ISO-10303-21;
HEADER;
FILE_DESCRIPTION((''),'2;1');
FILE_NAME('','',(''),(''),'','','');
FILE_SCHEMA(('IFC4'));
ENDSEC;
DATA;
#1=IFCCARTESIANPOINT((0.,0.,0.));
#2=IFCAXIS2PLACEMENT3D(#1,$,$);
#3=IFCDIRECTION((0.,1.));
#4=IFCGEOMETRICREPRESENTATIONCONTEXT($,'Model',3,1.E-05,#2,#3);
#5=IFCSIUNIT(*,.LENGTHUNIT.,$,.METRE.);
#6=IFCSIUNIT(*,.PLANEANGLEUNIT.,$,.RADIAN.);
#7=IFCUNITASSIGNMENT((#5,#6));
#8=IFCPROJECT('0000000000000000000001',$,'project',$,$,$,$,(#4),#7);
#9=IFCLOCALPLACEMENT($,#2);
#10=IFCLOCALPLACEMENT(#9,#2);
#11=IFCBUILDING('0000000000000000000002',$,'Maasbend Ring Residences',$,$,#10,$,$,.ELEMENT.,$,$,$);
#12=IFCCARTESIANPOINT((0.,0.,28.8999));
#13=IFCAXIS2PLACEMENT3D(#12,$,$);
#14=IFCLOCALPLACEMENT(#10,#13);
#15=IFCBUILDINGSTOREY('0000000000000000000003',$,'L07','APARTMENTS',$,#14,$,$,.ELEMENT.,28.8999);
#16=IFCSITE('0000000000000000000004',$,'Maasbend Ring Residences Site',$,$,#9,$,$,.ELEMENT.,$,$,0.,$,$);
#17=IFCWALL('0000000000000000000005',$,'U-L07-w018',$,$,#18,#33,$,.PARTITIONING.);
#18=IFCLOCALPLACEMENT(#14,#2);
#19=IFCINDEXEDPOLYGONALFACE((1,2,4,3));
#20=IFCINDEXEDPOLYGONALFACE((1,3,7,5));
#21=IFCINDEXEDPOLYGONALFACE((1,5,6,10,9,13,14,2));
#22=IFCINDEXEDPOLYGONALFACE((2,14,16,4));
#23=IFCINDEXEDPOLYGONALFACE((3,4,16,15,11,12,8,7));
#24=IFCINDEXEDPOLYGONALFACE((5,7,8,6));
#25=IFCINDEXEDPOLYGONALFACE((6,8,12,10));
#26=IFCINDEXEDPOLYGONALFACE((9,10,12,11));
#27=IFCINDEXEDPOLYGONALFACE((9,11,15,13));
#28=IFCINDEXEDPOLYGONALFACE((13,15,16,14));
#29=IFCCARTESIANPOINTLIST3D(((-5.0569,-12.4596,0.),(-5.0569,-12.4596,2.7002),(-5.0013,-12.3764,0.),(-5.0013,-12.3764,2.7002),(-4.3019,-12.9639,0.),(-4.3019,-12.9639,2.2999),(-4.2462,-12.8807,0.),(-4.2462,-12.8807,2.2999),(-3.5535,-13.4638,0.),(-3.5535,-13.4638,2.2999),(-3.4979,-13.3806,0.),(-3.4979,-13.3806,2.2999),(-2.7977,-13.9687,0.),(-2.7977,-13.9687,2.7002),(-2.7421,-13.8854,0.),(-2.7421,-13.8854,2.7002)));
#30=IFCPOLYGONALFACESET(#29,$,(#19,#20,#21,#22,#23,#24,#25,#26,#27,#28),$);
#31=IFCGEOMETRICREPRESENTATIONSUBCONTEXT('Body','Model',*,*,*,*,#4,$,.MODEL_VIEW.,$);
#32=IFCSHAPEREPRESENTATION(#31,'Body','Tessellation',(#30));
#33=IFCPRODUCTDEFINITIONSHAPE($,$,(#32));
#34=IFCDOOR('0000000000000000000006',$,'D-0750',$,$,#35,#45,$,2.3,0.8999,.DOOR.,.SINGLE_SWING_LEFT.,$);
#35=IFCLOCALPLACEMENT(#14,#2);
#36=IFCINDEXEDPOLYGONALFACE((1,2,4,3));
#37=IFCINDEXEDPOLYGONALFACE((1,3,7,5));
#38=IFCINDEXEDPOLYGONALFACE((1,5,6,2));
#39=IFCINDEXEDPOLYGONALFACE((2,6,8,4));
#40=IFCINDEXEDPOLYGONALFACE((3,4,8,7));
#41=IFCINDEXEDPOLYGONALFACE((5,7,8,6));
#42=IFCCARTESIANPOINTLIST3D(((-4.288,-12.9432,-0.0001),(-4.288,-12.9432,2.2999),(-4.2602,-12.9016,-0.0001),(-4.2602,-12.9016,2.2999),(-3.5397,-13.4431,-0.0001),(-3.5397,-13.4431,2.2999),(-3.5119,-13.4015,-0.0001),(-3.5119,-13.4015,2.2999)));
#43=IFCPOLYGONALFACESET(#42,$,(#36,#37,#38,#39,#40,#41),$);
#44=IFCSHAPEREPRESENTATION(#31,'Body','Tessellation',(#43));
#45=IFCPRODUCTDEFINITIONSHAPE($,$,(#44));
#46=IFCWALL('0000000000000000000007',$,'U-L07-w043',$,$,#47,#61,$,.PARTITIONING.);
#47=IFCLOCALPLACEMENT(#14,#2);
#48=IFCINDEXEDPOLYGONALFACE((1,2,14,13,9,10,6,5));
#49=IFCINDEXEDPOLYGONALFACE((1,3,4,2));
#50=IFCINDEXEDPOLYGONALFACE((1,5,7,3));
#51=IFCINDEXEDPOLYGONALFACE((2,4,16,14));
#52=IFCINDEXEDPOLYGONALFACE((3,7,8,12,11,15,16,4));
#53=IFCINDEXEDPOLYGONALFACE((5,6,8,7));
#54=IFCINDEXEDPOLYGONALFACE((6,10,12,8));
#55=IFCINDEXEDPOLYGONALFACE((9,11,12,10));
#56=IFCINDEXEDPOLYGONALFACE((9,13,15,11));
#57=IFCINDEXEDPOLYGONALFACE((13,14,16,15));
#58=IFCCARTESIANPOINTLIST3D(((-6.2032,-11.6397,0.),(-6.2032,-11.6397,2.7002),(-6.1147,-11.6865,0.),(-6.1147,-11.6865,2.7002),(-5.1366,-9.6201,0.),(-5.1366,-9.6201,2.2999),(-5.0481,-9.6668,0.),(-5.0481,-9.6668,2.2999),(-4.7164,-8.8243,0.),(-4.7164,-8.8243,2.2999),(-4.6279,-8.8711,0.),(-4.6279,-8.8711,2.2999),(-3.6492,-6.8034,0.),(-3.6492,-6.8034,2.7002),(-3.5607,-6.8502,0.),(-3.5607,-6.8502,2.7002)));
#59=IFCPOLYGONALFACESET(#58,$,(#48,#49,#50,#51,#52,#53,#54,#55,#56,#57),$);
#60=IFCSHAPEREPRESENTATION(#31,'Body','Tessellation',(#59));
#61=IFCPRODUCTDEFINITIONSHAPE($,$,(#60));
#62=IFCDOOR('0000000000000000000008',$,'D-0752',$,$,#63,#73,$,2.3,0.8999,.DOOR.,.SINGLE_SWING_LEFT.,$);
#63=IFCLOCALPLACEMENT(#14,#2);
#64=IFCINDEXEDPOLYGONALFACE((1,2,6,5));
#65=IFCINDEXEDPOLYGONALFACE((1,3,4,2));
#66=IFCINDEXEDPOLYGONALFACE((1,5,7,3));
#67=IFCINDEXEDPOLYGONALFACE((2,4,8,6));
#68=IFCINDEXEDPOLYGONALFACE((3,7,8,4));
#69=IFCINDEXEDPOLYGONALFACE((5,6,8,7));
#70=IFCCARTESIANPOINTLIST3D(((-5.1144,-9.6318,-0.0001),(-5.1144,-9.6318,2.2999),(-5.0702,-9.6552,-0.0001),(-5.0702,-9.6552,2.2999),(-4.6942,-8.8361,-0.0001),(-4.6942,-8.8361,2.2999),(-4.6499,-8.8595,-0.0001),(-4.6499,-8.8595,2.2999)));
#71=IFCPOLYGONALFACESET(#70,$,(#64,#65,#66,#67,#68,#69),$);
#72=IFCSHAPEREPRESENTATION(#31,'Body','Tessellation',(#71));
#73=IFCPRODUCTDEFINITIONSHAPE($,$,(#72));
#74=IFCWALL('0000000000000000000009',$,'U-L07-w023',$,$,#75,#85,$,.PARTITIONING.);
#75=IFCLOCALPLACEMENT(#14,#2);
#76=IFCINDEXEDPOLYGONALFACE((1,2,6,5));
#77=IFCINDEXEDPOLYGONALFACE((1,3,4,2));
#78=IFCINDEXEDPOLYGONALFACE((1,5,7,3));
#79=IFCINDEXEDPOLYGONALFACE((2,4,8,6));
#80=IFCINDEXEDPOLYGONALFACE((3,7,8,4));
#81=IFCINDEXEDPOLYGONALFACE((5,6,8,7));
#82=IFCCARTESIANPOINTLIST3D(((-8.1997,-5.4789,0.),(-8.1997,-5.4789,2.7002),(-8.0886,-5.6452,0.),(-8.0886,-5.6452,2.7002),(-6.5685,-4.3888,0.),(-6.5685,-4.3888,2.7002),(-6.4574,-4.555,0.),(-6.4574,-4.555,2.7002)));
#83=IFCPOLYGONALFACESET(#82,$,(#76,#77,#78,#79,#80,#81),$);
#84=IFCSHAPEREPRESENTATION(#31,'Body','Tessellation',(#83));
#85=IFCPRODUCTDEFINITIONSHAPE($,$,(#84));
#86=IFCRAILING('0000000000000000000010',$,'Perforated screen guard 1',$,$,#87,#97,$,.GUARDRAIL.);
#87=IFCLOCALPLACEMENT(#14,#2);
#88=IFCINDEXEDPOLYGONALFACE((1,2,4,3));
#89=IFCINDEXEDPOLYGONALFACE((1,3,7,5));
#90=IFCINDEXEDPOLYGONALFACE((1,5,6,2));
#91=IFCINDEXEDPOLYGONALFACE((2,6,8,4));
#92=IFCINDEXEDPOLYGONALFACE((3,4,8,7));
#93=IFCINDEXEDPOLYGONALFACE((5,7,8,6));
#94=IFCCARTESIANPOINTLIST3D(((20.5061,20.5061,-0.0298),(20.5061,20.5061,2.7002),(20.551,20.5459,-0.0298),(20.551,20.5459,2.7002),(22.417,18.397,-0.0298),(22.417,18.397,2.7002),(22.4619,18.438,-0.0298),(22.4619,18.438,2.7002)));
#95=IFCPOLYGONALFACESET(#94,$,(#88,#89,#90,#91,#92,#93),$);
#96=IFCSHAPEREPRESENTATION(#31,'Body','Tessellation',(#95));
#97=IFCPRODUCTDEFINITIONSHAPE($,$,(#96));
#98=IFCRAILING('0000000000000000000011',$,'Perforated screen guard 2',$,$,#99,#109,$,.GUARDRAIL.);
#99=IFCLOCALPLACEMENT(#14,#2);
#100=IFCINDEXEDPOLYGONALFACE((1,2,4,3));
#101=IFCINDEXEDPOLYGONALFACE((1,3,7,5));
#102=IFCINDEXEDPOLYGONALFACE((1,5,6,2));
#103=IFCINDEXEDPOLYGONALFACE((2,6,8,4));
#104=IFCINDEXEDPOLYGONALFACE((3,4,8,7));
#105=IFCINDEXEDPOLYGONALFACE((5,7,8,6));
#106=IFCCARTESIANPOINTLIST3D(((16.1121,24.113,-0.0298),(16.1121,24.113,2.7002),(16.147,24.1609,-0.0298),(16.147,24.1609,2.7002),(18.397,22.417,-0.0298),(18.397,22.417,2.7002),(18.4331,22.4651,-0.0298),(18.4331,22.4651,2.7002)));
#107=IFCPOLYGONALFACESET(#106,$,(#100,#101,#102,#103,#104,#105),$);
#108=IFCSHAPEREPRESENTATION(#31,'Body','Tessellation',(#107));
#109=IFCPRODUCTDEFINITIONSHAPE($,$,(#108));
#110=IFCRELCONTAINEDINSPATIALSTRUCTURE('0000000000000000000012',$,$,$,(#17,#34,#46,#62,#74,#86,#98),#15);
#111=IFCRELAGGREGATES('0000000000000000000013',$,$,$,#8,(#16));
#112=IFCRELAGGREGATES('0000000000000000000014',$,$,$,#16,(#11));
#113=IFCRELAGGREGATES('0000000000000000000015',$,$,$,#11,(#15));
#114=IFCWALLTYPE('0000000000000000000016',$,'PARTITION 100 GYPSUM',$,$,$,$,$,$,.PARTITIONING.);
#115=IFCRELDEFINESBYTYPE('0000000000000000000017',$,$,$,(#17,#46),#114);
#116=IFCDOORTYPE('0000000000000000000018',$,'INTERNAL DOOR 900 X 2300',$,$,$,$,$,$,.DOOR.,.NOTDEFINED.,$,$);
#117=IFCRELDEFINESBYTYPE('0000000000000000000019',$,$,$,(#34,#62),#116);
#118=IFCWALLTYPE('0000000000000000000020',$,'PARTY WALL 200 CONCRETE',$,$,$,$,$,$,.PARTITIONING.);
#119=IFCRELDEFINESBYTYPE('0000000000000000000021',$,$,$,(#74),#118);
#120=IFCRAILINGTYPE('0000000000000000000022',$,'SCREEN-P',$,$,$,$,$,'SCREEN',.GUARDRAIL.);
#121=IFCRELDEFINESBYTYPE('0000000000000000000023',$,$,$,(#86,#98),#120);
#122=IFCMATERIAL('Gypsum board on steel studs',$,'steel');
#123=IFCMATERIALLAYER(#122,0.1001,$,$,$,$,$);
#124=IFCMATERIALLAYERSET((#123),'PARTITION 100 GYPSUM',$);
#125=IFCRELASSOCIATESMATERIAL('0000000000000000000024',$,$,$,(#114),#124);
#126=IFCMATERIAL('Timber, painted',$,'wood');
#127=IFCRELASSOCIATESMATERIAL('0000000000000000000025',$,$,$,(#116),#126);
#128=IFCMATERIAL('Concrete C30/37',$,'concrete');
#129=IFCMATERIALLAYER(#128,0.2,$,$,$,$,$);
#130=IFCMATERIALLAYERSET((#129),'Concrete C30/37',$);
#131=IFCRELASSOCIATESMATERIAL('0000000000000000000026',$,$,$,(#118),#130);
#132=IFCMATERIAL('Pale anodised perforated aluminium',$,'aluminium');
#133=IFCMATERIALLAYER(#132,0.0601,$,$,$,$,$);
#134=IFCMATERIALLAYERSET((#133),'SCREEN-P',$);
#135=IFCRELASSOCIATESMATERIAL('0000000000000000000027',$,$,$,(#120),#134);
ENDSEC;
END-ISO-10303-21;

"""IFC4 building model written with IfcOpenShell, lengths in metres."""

from ifc_helpers import new_model, si_unit, direction, frame, frame_2d, origin, place, context, subcontext, project, spatial, polyline, rectangle, outline, extrude, material, layer, layer_set, type_object, element, fill, save


model = new_model("IFC4")

# Units and contexts
model_context = context("Model", 3, precision=1e-05, world=origin(), true_north=direction((0.0, 1.0)))
body_context = subcontext(model_context, "Body", "Model", "MODEL_VIEW")
ifc_project = project(units=[si_unit("LENGTHUNIT", "METRE"), si_unit("PLANEANGLEUNIT", "RADIAN")], contexts=[model_context])

# Site, building, storey
site_placement = place(None, origin())
site = spatial("IfcSite", under=ifc_project, at=site_placement, Name="Maasbend Ring Residences Site", CompositionType="ELEMENT", RefElevation=0.0)
building_placement = place(site_placement, origin())
building = spatial("IfcBuilding", under=site, at=building_placement, Name="Maasbend Ring Residences", CompositionType="ELEMENT")
storey_placement = place(building_placement, frame((0.0, 0.0, 28.8999)))
storey = spatial("IfcBuildingStorey", under=building, at=storey_placement, Name="L07", Description="APARTMENTS", CompositionType="ELEMENT", Elevation=28.8999)

# Walls, openings, doors
ifc_material_1 = material(Name="Gypsum board on steel studs", Category="steel")
ifc_layer_1 = layer(ifc_material_1, 0.1001)
ifc_layer_set_1 = layer_set([ifc_layer_1], Name="PARTITION 100 GYPSUM")
wall_type_1 = type_object("IfcWallType", Name="PARTITION 100 GYPSUM", PredefinedType="PARTITIONING", material=ifc_layer_set_1)
wall_1_placement = place(storey_placement, frame((-5.0291, -12.418, 0.0), z_axis=(0.0, 0.0, 1.0), x_axis=(0.831538, -0.555467, 0.0)))
wall_1 = element("IfcWall", 1, at=wall_1_placement, inside=storey, type_object=wall_type_1, Name="U-L07-w018", PredefinedType="PARTITIONING", context=body_context, shape_type="SweptSolid", body=[
    extrude(rectangle(XDim=2.7168, YDim=0.1001, at=frame_2d((1.3584, 0.0))), origin(), (0.0, 0.0, 1.0), 2.7002),
])
opening_1_placement = place(wall_1_placement, frame((0.908, 0.0, 0.0)))
opening_1 = element("IfcOpeningElement", 2, at=opening_1_placement, cuts=wall_1, PredefinedType="OPENING", context=body_context, shape_type="SweptSolid", body=[
    extrude(rectangle(XDim=0.8999, YDim=2.3, at=frame_2d((0.45, 1.1499))), frame((0.0, 0.0601, 0.0), z_axis=(0.0, -1.0, 0.0), x_axis=(1.0, 0.0, 0.0)), (0.0, 0.0, 1.0), 0.1201),
])
ifc_material_2 = material(Name="Timber, painted", Category="wood")
door_type = type_object("IfcDoorType", Name="INTERNAL DOOR 900 X 2300", OperationType="NOTDEFINED", PredefinedType="DOOR", material=ifc_material_2)
door_1_placement = place(opening_1_placement, origin())
door_1 = element("IfcDoor", 3, at=door_1_placement, inside=storey, type_object=door_type, Name="D-0750", OperationType="SINGLE_SWING_LEFT", OverallHeight=2.3, OverallWidth=0.8999, PredefinedType="DOOR", context=body_context, shape_type="SweptSolid", body=[
    extrude(rectangle(XDim=0.8999, YDim=2.3, at=frame_2d((0.45, 1.1499))), frame((0.0, 0.0249, 0.0), z_axis=(0.0, -1.0, 0.0), x_axis=(1.0, 0.0, 0.0)), (0.0, 0.0, 1.0), 0.05),
])
fill(opening_1, door_1)
wall_2_placement = place(storey_placement, frame((-6.1589, -11.6631, 0.0), z_axis=(0.0, 0.0, 1.0), x_axis=(0.466977, 0.88427, 0.0)))
wall_2 = element("IfcWall", 4, at=wall_2_placement, inside=storey, type_object=wall_type_1, Name="U-L07-w043", PredefinedType="PARTITIONING", context=body_context, shape_type="SweptSolid", body=[
    extrude(rectangle(XDim=5.4692, YDim=0.1001, at=frame_2d((2.7346, 0.0))), origin(), (0.0, 0.0, 1.0), 2.7002),
])
opening_2_placement = place(wall_2_placement, frame((2.2839, 0.0, 0.0)))
opening_2 = element("IfcOpeningElement", 5, at=opening_2_placement, cuts=wall_2, PredefinedType="OPENING", context=body_context, shape_type="SweptSolid", body=[
    extrude(rectangle(XDim=0.8999, YDim=2.3, at=frame_2d((0.45, 1.1499))), frame((0.0, 0.0601, 0.0), z_axis=(0.0, -1.0, 0.0), x_axis=(1.0, 0.0, 0.0)), (0.0, 0.0, 1.0), 0.1201),
])
door_2_placement = place(opening_2_placement, origin())
door_2 = element("IfcDoor", 6, at=door_2_placement, inside=storey, type_object=door_type, Name="D-0752", OperationType="SINGLE_SWING_LEFT", OverallHeight=2.3, OverallWidth=0.8999, PredefinedType="DOOR", context=body_context, shape_type="SweptSolid", body=[
    extrude(rectangle(XDim=0.8999, YDim=2.3, at=frame_2d((0.45, 1.1499))), frame((0.0, 0.0249, 0.0), z_axis=(0.0, -1.0, 0.0), x_axis=(1.0, 0.0, 0.0)), (0.0, 0.0, 1.0), 0.05),
])
fill(opening_2, door_2)

# Wall
ifc_material_3 = material(Name="Concrete C30/37", Category="concrete")
ifc_layer_2 = layer(ifc_material_3, 0.2)
ifc_layer_set_2 = layer_set([ifc_layer_2], Name="Concrete C30/37")
wall_type_2 = type_object("IfcWallType", Name="PARTY WALL 200 CONCRETE", PredefinedType="PARTITIONING", material=ifc_layer_set_2)
wall_3_placement = place(storey_placement, frame((-6.5129, -4.4719, 0.0), z_axis=(0.0, 0.0, 1.0), x_axis=(-0.831418, -0.555648, 0.0)))
element("IfcWall", 7, at=wall_3_placement, inside=storey, type_object=wall_type_2, Name="U-L07-w023", PredefinedType="PARTITIONING", context=body_context, shape_type="SweptSolid", body=[
    extrude(rectangle(XDim=1.9619, YDim=0.2, at=frame_2d((0.981, 0.0))), origin(), (0.0, 0.0, 1.0), 2.7002),
])

# Railings
ifc_material_4 = material(Name="Pale anodised perforated aluminium", Category="aluminium")
ifc_layer_3 = layer(ifc_material_4, 0.0601)
ifc_layer_set_3 = layer_set([ifc_layer_3], Name="SCREEN-P")
railing_type = type_object("IfcRailingType", Name="SCREEN-P", ElementType="SCREEN", PredefinedType="GUARDRAIL", material=ifc_layer_set_3)
railing_1_placement = place(storey_placement, frame((0.0, 0.0, -0.0298)))
element("IfcRailing", 8, at=railing_1_placement, inside=storey, type_object=railing_type, Name="Perforated screen guard 1", PredefinedType="GUARDRAIL", context=body_context, shape_type="SweptSolid", body=[
    extrude(outline(polyline([(22.417, 18.397), (20.5061, 20.5061), (20.551, 20.5459), (22.4619, 18.438), (22.417, 18.397)])), origin(), (0.0, 0.0, 1.0), 2.73),
])
railing_2_placement = place(storey_placement, frame((0.0, 0.0, -0.0298)))
element("IfcRailing", 9, at=railing_2_placement, inside=storey, type_object=railing_type, Name="Perforated screen guard 2", PredefinedType="GUARDRAIL", context=body_context, shape_type="SweptSolid", body=[
    extrude(outline(polyline([(18.397, 22.417), (16.1121, 24.113), (16.147, 24.1609), (18.4331, 22.4651), (18.397, 22.417)])), origin(), (0.0, 0.0, 1.0), 2.73),
])

save(model, "model.ifc")
